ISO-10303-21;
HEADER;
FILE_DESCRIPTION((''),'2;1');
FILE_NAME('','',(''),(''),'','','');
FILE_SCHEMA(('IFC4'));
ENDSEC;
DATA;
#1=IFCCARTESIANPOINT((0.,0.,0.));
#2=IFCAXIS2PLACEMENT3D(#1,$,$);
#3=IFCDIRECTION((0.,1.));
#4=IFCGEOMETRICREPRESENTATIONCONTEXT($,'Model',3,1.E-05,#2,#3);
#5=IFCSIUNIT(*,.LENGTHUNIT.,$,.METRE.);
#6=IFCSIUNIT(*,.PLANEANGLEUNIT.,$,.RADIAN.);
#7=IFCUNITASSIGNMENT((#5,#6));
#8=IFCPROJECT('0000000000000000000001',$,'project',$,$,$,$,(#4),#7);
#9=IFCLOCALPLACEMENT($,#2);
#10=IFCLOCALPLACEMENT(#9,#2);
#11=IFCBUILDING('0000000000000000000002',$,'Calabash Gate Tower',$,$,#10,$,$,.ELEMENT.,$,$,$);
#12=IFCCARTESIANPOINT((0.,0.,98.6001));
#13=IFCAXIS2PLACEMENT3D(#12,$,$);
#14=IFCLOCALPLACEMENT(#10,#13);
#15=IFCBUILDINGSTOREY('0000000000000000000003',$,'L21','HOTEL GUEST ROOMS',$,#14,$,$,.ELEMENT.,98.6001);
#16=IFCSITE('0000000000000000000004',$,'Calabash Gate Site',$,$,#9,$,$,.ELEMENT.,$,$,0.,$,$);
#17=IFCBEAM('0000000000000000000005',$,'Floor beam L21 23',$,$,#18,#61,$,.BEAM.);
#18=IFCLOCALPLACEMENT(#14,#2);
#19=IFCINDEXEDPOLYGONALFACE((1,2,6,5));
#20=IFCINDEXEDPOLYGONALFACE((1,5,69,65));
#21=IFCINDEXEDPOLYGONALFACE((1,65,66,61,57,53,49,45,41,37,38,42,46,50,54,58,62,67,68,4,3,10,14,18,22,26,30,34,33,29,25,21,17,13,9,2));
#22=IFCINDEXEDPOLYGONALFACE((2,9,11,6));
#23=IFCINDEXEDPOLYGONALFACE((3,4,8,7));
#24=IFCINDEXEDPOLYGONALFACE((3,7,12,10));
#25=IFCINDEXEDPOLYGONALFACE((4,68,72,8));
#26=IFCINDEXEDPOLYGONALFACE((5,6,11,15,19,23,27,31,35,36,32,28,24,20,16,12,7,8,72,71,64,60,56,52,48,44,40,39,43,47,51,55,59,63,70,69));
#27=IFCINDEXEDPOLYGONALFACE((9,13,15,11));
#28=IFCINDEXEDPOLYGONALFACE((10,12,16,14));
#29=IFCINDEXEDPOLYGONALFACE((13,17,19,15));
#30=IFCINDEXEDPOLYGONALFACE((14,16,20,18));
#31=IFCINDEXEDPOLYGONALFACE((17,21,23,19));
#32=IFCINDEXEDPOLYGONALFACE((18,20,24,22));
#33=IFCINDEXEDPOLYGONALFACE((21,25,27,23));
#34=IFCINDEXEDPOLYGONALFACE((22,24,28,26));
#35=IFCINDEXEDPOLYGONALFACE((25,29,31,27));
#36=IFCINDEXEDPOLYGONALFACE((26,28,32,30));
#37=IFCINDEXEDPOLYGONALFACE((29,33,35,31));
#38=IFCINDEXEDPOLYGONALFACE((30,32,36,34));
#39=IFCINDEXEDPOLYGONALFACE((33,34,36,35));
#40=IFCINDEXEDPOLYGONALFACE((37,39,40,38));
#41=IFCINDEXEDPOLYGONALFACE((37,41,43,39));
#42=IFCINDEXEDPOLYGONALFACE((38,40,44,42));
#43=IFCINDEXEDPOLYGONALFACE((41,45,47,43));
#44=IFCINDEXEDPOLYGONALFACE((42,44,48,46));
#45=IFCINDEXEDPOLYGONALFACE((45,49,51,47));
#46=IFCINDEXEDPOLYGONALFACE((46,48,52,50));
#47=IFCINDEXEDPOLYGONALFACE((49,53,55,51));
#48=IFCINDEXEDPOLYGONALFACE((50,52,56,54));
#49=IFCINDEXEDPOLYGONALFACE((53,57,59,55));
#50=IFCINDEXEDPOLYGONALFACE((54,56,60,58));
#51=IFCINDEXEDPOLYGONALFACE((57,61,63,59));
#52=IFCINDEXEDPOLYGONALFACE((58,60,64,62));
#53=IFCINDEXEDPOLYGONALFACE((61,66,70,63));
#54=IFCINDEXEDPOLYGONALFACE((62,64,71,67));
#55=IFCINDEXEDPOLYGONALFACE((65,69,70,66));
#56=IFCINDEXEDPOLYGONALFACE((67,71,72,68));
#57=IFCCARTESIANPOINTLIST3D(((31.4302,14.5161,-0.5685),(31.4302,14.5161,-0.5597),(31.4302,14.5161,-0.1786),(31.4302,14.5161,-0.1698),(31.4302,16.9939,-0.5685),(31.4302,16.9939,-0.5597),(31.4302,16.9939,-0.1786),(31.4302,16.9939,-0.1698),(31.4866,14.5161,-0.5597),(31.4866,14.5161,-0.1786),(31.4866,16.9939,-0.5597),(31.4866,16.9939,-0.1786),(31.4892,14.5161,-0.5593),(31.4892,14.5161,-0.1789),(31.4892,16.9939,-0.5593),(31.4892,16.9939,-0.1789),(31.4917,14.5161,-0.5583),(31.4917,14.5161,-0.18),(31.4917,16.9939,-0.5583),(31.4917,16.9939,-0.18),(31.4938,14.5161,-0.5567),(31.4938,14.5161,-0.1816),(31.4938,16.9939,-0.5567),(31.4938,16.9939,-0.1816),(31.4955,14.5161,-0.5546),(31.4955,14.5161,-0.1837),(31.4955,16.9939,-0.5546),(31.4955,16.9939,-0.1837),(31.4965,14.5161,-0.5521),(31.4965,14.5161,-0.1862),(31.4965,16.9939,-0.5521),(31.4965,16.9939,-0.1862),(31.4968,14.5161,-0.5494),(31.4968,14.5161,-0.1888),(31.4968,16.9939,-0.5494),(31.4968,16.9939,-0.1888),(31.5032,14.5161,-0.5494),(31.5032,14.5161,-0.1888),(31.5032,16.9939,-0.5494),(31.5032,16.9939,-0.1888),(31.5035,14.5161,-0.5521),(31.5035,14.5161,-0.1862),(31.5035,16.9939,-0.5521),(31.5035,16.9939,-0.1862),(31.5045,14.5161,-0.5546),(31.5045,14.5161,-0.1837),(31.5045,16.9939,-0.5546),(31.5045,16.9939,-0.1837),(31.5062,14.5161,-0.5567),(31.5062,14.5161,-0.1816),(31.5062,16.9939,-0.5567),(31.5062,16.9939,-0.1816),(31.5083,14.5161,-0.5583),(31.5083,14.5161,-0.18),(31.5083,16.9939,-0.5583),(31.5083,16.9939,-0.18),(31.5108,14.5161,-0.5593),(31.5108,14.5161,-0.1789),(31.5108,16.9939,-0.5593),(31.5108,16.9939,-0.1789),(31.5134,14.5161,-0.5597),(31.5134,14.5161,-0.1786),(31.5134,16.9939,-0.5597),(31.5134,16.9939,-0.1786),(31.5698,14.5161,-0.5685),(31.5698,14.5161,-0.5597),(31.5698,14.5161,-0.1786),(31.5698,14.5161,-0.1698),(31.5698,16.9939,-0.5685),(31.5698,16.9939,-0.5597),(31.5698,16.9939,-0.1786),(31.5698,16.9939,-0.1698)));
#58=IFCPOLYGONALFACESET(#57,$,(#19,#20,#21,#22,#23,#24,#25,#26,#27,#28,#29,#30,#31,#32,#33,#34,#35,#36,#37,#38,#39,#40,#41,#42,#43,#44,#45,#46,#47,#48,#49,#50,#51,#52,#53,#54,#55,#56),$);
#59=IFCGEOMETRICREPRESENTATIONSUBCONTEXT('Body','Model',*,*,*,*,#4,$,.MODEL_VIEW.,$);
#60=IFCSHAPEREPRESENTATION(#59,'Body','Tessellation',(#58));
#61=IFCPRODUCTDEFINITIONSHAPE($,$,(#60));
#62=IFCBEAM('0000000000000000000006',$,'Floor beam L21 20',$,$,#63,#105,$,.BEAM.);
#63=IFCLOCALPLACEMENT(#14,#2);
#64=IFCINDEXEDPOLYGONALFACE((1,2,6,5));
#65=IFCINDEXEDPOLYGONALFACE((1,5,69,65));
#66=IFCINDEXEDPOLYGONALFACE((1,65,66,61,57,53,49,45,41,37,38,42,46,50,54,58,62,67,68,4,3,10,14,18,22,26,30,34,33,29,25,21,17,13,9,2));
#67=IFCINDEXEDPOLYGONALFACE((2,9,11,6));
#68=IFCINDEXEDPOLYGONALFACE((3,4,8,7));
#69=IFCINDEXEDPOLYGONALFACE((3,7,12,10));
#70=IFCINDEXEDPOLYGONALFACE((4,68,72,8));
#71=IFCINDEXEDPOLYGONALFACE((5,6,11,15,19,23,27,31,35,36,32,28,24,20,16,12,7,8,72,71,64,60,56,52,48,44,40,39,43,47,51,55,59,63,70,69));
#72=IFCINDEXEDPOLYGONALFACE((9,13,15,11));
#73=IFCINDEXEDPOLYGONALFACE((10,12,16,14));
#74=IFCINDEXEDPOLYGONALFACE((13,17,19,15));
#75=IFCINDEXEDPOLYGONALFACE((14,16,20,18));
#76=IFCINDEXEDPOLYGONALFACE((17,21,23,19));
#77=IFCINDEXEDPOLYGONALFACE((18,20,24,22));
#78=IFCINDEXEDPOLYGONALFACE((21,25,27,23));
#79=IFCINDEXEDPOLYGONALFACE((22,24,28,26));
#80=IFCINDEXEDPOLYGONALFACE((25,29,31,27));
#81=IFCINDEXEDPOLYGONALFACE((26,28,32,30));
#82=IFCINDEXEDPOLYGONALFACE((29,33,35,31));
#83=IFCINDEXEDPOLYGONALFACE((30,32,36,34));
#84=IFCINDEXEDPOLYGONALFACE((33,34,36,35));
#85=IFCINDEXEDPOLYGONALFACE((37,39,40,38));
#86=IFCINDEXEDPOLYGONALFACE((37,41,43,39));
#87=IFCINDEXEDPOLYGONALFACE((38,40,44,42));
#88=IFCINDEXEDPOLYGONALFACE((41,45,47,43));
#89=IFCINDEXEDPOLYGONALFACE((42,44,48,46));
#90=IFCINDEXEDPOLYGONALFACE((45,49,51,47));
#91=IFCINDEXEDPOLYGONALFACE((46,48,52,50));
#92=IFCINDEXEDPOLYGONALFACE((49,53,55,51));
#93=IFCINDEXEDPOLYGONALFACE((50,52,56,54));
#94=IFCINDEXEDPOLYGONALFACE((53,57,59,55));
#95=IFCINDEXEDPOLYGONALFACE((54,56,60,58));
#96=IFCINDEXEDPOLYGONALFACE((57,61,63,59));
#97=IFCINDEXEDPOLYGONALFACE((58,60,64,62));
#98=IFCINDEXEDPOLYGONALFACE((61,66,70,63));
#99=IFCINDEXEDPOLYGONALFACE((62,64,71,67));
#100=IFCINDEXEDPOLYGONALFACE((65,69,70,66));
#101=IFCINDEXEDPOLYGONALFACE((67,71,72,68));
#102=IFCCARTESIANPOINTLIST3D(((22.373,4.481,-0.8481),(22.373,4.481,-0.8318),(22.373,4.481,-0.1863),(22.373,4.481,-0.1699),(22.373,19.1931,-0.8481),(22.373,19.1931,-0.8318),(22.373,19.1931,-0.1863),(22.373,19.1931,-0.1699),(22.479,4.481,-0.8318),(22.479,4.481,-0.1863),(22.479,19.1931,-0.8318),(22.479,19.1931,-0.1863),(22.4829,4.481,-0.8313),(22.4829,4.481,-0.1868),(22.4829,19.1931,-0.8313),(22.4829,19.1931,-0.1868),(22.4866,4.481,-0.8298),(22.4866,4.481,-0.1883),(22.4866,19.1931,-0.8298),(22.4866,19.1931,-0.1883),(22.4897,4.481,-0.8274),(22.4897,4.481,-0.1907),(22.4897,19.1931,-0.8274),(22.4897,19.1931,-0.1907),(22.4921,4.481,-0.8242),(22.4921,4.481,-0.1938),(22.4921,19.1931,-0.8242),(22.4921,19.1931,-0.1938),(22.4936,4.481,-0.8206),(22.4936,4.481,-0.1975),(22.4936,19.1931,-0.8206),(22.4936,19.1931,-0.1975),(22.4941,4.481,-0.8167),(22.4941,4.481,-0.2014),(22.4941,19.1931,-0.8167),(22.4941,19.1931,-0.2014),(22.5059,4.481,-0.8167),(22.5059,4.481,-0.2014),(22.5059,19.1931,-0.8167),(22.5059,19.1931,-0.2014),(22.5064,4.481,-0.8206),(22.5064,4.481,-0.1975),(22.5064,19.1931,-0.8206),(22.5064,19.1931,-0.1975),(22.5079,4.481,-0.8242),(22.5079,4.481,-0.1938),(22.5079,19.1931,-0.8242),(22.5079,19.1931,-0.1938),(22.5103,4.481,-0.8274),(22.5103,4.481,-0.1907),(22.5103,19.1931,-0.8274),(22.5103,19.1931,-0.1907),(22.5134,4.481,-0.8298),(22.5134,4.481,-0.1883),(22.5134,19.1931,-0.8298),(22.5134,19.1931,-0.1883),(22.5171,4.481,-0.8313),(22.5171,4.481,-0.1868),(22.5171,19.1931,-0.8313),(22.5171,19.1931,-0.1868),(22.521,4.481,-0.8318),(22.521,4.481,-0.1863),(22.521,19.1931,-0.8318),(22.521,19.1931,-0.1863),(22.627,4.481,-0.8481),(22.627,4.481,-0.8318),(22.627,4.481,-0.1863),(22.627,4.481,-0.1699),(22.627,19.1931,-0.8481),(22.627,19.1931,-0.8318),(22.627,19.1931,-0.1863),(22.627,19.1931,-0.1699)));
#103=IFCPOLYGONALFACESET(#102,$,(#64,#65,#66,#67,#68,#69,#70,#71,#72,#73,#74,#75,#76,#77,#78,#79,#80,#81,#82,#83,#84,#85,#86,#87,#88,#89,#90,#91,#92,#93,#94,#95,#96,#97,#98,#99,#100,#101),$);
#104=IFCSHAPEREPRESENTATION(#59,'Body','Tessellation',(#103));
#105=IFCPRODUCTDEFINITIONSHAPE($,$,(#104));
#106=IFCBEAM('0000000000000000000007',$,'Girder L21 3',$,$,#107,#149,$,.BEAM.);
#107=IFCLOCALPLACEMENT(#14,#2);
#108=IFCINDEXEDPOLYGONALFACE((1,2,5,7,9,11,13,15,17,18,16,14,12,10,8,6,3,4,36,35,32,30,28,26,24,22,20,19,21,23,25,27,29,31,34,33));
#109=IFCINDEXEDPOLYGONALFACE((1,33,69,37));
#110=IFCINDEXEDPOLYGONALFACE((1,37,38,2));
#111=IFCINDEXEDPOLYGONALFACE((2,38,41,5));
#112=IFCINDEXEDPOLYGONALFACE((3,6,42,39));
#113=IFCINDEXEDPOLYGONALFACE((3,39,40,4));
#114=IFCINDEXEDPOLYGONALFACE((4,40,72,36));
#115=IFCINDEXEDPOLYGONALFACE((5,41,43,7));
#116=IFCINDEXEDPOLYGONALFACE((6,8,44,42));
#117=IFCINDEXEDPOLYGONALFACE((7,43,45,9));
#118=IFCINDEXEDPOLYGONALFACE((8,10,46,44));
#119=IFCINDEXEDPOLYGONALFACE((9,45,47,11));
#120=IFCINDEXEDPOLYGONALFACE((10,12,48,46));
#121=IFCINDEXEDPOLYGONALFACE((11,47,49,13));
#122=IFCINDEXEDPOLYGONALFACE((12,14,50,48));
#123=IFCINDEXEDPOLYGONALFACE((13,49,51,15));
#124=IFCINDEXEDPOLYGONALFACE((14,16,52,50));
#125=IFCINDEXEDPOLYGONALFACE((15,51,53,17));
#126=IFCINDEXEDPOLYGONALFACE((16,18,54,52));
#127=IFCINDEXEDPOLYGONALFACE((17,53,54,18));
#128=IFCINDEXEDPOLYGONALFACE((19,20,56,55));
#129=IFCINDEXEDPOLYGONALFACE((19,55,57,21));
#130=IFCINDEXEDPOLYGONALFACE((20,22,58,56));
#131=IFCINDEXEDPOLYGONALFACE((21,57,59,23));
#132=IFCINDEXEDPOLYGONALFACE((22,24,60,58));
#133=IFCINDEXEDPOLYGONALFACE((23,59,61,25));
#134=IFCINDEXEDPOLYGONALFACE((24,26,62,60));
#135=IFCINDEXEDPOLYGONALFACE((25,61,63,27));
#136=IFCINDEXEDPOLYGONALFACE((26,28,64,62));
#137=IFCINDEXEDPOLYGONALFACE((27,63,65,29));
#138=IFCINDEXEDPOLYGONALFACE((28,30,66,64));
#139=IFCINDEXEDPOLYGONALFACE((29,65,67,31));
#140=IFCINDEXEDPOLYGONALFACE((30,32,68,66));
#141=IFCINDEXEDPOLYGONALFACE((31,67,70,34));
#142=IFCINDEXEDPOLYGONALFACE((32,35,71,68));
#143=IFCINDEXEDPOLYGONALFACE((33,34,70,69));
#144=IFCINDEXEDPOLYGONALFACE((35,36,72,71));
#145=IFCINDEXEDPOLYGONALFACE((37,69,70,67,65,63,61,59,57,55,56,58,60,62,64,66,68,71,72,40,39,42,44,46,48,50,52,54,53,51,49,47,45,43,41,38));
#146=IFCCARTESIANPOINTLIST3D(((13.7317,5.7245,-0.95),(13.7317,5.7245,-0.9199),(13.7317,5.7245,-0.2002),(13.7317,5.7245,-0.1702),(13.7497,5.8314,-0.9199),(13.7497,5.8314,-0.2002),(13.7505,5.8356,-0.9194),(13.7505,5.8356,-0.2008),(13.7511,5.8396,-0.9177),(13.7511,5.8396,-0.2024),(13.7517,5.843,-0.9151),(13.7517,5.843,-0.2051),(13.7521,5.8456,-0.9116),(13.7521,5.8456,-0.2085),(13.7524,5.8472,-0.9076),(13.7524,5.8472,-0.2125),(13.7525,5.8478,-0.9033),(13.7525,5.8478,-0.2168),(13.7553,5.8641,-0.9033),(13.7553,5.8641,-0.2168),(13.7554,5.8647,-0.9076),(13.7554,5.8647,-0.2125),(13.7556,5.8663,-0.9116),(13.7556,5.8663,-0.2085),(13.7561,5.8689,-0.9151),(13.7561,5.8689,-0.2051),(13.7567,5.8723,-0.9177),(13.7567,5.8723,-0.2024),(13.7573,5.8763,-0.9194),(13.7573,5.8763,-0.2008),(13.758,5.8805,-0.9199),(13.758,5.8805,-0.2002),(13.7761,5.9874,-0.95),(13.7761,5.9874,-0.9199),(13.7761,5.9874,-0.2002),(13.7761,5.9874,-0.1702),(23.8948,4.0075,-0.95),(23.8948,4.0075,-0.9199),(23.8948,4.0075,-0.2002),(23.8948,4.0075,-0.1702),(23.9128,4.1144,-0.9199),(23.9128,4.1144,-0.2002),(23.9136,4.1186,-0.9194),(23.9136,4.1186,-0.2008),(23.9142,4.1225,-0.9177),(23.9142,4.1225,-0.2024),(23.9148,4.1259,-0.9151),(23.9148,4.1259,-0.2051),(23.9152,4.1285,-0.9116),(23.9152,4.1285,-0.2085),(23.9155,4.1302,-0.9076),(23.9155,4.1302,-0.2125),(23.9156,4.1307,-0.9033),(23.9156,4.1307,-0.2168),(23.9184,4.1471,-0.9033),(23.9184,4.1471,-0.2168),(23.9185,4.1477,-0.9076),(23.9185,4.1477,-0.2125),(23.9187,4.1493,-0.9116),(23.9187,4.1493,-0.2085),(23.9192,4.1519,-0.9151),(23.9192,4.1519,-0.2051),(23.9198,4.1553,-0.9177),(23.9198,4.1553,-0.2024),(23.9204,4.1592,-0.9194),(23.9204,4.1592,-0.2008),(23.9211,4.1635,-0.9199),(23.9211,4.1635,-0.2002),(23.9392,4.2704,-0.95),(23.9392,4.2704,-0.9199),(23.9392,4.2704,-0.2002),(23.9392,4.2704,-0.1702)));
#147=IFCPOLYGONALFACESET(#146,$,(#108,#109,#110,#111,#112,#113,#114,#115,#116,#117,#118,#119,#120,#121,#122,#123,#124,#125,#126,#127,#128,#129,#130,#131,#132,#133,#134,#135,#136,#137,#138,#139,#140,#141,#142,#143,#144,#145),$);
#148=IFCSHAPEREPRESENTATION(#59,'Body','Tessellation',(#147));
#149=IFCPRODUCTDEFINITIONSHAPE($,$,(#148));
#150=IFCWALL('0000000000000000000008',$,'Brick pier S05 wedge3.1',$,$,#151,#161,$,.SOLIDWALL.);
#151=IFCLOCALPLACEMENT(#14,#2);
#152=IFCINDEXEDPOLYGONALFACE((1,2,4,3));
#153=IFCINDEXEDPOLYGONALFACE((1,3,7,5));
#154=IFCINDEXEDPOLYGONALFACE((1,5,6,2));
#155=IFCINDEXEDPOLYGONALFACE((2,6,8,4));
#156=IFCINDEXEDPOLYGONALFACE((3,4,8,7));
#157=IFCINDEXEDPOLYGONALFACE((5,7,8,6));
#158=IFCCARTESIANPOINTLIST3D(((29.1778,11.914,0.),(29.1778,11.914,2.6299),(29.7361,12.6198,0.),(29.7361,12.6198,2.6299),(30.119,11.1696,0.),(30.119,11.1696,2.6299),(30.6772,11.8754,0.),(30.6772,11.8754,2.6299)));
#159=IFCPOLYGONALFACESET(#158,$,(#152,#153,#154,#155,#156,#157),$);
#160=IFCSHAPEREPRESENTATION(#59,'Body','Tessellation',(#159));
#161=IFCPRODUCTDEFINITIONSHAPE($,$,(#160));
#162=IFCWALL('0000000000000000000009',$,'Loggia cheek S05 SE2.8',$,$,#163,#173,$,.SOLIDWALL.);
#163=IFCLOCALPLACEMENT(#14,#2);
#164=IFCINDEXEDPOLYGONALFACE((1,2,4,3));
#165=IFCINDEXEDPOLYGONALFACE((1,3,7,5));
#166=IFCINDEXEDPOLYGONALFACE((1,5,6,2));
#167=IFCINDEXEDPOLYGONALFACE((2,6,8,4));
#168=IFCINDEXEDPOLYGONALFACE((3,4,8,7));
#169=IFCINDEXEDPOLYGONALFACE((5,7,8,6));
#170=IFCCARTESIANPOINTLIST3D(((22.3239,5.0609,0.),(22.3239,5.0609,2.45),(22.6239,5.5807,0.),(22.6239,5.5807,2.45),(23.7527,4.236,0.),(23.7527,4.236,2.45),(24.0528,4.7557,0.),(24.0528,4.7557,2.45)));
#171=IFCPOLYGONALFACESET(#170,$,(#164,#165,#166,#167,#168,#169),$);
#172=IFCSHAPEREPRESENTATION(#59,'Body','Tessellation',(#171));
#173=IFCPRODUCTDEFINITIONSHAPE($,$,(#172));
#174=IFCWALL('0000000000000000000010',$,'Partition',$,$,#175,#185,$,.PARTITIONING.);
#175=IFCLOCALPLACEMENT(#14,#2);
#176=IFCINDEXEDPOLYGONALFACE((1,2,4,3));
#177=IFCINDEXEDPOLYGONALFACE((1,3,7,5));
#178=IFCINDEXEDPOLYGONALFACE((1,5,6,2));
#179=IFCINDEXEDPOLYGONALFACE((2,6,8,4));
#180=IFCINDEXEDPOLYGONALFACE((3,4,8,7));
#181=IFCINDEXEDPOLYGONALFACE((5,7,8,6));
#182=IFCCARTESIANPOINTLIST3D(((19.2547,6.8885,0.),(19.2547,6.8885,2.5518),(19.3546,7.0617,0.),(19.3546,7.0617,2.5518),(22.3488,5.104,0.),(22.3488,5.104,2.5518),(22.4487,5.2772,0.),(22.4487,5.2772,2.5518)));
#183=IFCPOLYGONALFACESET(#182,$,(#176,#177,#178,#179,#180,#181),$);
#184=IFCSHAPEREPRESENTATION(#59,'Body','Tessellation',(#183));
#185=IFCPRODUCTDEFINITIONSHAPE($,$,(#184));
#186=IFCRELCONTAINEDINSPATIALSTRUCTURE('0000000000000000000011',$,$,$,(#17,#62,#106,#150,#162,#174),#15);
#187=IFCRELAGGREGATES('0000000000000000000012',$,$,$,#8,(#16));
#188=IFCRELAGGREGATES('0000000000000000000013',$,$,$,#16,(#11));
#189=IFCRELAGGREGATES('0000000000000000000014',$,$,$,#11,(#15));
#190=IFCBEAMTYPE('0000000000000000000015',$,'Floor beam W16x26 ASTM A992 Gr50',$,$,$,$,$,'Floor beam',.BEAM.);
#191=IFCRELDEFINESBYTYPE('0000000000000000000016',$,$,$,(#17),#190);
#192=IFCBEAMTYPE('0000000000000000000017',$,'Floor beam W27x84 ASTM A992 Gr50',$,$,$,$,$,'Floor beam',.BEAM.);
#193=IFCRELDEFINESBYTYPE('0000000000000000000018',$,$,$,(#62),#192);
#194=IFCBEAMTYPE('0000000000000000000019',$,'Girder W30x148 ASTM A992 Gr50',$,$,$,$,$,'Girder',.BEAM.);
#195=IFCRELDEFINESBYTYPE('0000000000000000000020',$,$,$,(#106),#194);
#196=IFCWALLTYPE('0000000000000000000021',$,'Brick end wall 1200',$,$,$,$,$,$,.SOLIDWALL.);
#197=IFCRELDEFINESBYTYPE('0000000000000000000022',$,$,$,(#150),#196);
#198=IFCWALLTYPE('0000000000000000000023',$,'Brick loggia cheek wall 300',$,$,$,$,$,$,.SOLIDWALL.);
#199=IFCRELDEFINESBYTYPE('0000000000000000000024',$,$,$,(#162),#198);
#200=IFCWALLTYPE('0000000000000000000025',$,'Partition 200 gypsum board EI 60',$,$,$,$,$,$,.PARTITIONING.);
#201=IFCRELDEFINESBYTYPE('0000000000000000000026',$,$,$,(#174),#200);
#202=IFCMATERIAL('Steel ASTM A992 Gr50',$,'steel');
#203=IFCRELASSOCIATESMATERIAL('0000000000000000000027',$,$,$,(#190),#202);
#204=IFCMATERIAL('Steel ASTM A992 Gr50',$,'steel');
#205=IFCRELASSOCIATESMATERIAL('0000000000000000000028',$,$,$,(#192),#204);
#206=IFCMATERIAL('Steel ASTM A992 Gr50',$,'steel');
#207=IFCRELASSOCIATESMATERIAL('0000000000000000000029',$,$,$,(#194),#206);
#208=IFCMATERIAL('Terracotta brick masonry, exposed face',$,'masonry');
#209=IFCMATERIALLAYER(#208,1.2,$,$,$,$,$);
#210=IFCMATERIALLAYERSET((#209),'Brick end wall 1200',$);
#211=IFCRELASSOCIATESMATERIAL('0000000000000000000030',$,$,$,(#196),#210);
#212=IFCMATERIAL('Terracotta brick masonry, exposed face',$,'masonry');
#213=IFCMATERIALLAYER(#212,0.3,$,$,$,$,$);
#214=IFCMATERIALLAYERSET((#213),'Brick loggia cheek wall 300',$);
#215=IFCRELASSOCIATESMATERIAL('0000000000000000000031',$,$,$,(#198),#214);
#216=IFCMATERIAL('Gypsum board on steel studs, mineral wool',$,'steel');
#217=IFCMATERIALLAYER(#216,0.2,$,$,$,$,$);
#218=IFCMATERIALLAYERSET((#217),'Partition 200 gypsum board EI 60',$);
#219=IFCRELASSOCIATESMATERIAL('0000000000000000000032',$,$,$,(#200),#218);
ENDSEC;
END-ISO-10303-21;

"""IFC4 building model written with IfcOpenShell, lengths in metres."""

from ifc_helpers import new_model, si_unit, direction, frame, frame_2d, origin, origin_2d, place, context, subcontext, project, spatial, rectangle, i_section, extrude, material, layer, layer_set, material_profile, profile_set, type_object, element, save


model = new_model("IFC4")

# Units and contexts
model_context = context("Model", 3, precision=1e-05, world=origin(), true_north=direction((0.0, 1.0)))
body_context = subcontext(model_context, "Body", "Model", "MODEL_VIEW")
ifc_project = project(units=[si_unit("LENGTHUNIT", "METRE"), si_unit("PLANEANGLEUNIT", "RADIAN")], contexts=[model_context])

# Site, building, storey
site_placement = place(None, origin())
site = spatial("IfcSite", under=ifc_project, at=site_placement, Name="Calabash Gate Site", CompositionType="ELEMENT", RefElevation=0.0)
building_placement = place(site_placement, origin())
building = spatial("IfcBuilding", under=site, at=building_placement, Name="Calabash Gate Tower", CompositionType="ELEMENT")
storey_placement = place(building_placement, frame((0.0, 0.0, 98.6001)))
storey = spatial("IfcBuildingStorey", under=building, at=storey_placement, Name="L21", Description="HOTEL GUEST ROOMS", CompositionType="ELEMENT", Elevation=98.6001)

# Beams
ifc_material_1 = material(Name="Steel ASTM A992 Gr50", Category="steel")
ifc_material_profile_1 = material_profile(ifc_material_1, i_section(OverallWidth=0.1396, OverallDepth=0.3987, WebThickness=0.0063, FlangeThickness=0.0088, FilletRadius=0.0103, at=origin_2d()))
ifc_profile_set_1 = profile_set([ifc_material_profile_1], Name="Steel ASTM A992 Gr50")
beam_type_1 = type_object("IfcBeamType", Name="Floor beam W16x26 ASTM A992 Gr50", ElementType="Floor beam", PredefinedType="BEAM", material=ifc_profile_set_1)
beam_1_placement = place(storey_placement, frame((31.5, 14.5161, -0.3691), z_axis=(0.0, 1.0, 0.0), x_axis=(-1.0, 0.0, 0.0)))
element("IfcBeam", 1, at=beam_1_placement, inside=storey, type_object=beam_type_1, Name="Floor beam L21 23", PredefinedType="BEAM", context=body_context, shape_type="SweptSolid", body=[
    extrude(i_section(OverallWidth=0.1396, OverallDepth=0.3987, WebThickness=0.0063, FlangeThickness=0.0088, FilletRadius=0.0103, at=origin_2d()), origin(), (0.0, 0.0, 1.0), 2.4778),
])
ifc_material_2 = material(Name="Steel ASTM A992 Gr50", Category="steel")
ifc_material_profile_2 = material_profile(ifc_material_2, i_section(OverallWidth=0.2539, OverallDepth=0.6782, WebThickness=0.0117, FlangeThickness=0.0164, FilletRadius=0.0151, at=origin_2d()))
ifc_profile_set_2 = profile_set([ifc_material_profile_2], Name="Steel ASTM A992 Gr50")
beam_type_2 = type_object("IfcBeamType", Name="Floor beam W27x84 ASTM A992 Gr50", ElementType="Floor beam", PredefinedType="BEAM", material=ifc_profile_set_2)
beam_2_placement = place(storey_placement, frame((22.5, 4.481, -0.509), z_axis=(0.0, 1.0, 0.0), x_axis=(-1.0, 0.0, 0.0)))
element("IfcBeam", 2, at=beam_2_placement, inside=storey, type_object=beam_type_2, Name="Floor beam L21 20", PredefinedType="BEAM", context=body_context, shape_type="SweptSolid", body=[
    extrude(i_section(OverallWidth=0.2539, OverallDepth=0.6782, WebThickness=0.0117, FlangeThickness=0.0164, FilletRadius=0.0151, at=origin_2d()), origin(), (0.0, 0.0, 1.0), 14.7122),
])
ifc_material_3 = material(Name="Steel ASTM A992 Gr50", Category="steel")
ifc_material_profile_3 = material_profile(ifc_material_3, i_section(OverallWidth=0.2666, OverallDepth=0.7798, WebThickness=0.0166, FlangeThickness=0.03, FilletRadius=0.0166, at=origin_2d()))
ifc_profile_set_3 = profile_set([ifc_material_profile_3], Name="Steel ASTM A992 Gr50")
beam_type_3 = type_object("IfcBeamType", Name="Girder W30x148 ASTM A992 Gr50", ElementType="Girder", PredefinedType="BEAM", material=ifc_profile_set_3)
beam_3_placement = place(storey_placement, frame((23.917, 4.1389, -0.5601), z_axis=(-0.986027, 0.166588, 0.0), x_axis=(-0.166588, -0.986027, 0.0)))
element("IfcBeam", 3, at=beam_3_placement, inside=storey, type_object=beam_type_3, Name="Girder L21 3", PredefinedType="BEAM", context=body_context, shape_type="SweptSolid", body=[
    extrude(i_section(OverallWidth=0.2666, OverallDepth=0.7798, WebThickness=0.0166, FlangeThickness=0.03, FilletRadius=0.0166, at=origin_2d()), origin(), (0.0, 0.0, 1.0), 10.3071),
])

# Walls
ifc_material_4 = material(Name="Terracotta brick masonry, exposed face", Category="masonry")
ifc_layer_1 = layer(ifc_material_4, 1.2)
ifc_layer_set_1 = layer_set([ifc_layer_1], Name="Brick end wall 1200")
wall_type_1 = type_object("IfcWallType", Name="Brick end wall 1200", PredefinedType="SOLIDWALL", material=ifc_layer_set_1)
wall_1_placement = place(storey_placement, frame((30.3982, 11.5225, 0.0), z_axis=(0.0, 0.0, 1.0), x_axis=(-0.78433, 0.620343, 0.0)))
element("IfcWall", 4, at=wall_1_placement, inside=storey, type_object=wall_type_1, Name="Brick pier S05 wedge3.1", PredefinedType="SOLIDWALL", context=body_context, shape_type="SweptSolid", body=[
    extrude(rectangle(XDim=1.2, YDim=0.8999, at=frame_2d((0.6001, 0.0))), origin(), (0.0, 0.0, 1.0), 2.6299),
])
ifc_material_5 = material(Name="Terracotta brick masonry, exposed face", Category="masonry")
ifc_layer_2 = layer(ifc_material_5, 0.3)
ifc_layer_set_2 = layer_set([ifc_layer_2], Name="Brick loggia cheek wall 300")
wall_type_2 = type_object("IfcWallType", Name="Brick loggia cheek wall 300", PredefinedType="SOLIDWALL", material=ifc_layer_set_2)
wall_2_placement = place(storey_placement, frame((22.4739, 5.3208, 0.0), z_axis=(0.0, 0.0, 1.0), x_axis=(0.86604, -0.499974, 0.0)))
element("IfcWall", 5, at=wall_2_placement, inside=storey, type_object=wall_type_2, Name="Loggia cheek S05 SE2.8", PredefinedType="SOLIDWALL", context=body_context, shape_type="SweptSolid", body=[
    extrude(rectangle(XDim=1.6499, YDim=0.6001, at=frame_2d((0.825, 0.0))), origin(), (0.0, 0.0, 1.0), 2.45),
])
ifc_material_6 = material(Name="Gypsum board on steel studs, mineral wool", Category="steel")
ifc_layer_3 = layer(ifc_material_6, 0.2)
ifc_layer_set_3 = layer_set([ifc_layer_3], Name="Partition 200 gypsum board EI 60")
wall_type_3 = type_object("IfcWallType", Name="Partition 200 gypsum board EI 60", PredefinedType="PARTITIONING", material=ifc_layer_set_3)
wall_3_placement = place(storey_placement, frame((19.3047, 6.9751, 0.0), z_axis=(0.0, 0.0, 1.0), x_axis=(0.866255, -0.499602, 0.0)))
element("IfcWall", 6, at=wall_3_placement, inside=storey, type_object=wall_type_3, Name="Partition", PredefinedType="PARTITIONING", context=body_context, shape_type="SweptSolid", body=[
    extrude(rectangle(XDim=3.5718, YDim=0.2, at=frame_2d((1.7859, 0.0))), origin(), (0.0, 0.0, 1.0), 2.5518),
])

save(model, "model.ifc")
